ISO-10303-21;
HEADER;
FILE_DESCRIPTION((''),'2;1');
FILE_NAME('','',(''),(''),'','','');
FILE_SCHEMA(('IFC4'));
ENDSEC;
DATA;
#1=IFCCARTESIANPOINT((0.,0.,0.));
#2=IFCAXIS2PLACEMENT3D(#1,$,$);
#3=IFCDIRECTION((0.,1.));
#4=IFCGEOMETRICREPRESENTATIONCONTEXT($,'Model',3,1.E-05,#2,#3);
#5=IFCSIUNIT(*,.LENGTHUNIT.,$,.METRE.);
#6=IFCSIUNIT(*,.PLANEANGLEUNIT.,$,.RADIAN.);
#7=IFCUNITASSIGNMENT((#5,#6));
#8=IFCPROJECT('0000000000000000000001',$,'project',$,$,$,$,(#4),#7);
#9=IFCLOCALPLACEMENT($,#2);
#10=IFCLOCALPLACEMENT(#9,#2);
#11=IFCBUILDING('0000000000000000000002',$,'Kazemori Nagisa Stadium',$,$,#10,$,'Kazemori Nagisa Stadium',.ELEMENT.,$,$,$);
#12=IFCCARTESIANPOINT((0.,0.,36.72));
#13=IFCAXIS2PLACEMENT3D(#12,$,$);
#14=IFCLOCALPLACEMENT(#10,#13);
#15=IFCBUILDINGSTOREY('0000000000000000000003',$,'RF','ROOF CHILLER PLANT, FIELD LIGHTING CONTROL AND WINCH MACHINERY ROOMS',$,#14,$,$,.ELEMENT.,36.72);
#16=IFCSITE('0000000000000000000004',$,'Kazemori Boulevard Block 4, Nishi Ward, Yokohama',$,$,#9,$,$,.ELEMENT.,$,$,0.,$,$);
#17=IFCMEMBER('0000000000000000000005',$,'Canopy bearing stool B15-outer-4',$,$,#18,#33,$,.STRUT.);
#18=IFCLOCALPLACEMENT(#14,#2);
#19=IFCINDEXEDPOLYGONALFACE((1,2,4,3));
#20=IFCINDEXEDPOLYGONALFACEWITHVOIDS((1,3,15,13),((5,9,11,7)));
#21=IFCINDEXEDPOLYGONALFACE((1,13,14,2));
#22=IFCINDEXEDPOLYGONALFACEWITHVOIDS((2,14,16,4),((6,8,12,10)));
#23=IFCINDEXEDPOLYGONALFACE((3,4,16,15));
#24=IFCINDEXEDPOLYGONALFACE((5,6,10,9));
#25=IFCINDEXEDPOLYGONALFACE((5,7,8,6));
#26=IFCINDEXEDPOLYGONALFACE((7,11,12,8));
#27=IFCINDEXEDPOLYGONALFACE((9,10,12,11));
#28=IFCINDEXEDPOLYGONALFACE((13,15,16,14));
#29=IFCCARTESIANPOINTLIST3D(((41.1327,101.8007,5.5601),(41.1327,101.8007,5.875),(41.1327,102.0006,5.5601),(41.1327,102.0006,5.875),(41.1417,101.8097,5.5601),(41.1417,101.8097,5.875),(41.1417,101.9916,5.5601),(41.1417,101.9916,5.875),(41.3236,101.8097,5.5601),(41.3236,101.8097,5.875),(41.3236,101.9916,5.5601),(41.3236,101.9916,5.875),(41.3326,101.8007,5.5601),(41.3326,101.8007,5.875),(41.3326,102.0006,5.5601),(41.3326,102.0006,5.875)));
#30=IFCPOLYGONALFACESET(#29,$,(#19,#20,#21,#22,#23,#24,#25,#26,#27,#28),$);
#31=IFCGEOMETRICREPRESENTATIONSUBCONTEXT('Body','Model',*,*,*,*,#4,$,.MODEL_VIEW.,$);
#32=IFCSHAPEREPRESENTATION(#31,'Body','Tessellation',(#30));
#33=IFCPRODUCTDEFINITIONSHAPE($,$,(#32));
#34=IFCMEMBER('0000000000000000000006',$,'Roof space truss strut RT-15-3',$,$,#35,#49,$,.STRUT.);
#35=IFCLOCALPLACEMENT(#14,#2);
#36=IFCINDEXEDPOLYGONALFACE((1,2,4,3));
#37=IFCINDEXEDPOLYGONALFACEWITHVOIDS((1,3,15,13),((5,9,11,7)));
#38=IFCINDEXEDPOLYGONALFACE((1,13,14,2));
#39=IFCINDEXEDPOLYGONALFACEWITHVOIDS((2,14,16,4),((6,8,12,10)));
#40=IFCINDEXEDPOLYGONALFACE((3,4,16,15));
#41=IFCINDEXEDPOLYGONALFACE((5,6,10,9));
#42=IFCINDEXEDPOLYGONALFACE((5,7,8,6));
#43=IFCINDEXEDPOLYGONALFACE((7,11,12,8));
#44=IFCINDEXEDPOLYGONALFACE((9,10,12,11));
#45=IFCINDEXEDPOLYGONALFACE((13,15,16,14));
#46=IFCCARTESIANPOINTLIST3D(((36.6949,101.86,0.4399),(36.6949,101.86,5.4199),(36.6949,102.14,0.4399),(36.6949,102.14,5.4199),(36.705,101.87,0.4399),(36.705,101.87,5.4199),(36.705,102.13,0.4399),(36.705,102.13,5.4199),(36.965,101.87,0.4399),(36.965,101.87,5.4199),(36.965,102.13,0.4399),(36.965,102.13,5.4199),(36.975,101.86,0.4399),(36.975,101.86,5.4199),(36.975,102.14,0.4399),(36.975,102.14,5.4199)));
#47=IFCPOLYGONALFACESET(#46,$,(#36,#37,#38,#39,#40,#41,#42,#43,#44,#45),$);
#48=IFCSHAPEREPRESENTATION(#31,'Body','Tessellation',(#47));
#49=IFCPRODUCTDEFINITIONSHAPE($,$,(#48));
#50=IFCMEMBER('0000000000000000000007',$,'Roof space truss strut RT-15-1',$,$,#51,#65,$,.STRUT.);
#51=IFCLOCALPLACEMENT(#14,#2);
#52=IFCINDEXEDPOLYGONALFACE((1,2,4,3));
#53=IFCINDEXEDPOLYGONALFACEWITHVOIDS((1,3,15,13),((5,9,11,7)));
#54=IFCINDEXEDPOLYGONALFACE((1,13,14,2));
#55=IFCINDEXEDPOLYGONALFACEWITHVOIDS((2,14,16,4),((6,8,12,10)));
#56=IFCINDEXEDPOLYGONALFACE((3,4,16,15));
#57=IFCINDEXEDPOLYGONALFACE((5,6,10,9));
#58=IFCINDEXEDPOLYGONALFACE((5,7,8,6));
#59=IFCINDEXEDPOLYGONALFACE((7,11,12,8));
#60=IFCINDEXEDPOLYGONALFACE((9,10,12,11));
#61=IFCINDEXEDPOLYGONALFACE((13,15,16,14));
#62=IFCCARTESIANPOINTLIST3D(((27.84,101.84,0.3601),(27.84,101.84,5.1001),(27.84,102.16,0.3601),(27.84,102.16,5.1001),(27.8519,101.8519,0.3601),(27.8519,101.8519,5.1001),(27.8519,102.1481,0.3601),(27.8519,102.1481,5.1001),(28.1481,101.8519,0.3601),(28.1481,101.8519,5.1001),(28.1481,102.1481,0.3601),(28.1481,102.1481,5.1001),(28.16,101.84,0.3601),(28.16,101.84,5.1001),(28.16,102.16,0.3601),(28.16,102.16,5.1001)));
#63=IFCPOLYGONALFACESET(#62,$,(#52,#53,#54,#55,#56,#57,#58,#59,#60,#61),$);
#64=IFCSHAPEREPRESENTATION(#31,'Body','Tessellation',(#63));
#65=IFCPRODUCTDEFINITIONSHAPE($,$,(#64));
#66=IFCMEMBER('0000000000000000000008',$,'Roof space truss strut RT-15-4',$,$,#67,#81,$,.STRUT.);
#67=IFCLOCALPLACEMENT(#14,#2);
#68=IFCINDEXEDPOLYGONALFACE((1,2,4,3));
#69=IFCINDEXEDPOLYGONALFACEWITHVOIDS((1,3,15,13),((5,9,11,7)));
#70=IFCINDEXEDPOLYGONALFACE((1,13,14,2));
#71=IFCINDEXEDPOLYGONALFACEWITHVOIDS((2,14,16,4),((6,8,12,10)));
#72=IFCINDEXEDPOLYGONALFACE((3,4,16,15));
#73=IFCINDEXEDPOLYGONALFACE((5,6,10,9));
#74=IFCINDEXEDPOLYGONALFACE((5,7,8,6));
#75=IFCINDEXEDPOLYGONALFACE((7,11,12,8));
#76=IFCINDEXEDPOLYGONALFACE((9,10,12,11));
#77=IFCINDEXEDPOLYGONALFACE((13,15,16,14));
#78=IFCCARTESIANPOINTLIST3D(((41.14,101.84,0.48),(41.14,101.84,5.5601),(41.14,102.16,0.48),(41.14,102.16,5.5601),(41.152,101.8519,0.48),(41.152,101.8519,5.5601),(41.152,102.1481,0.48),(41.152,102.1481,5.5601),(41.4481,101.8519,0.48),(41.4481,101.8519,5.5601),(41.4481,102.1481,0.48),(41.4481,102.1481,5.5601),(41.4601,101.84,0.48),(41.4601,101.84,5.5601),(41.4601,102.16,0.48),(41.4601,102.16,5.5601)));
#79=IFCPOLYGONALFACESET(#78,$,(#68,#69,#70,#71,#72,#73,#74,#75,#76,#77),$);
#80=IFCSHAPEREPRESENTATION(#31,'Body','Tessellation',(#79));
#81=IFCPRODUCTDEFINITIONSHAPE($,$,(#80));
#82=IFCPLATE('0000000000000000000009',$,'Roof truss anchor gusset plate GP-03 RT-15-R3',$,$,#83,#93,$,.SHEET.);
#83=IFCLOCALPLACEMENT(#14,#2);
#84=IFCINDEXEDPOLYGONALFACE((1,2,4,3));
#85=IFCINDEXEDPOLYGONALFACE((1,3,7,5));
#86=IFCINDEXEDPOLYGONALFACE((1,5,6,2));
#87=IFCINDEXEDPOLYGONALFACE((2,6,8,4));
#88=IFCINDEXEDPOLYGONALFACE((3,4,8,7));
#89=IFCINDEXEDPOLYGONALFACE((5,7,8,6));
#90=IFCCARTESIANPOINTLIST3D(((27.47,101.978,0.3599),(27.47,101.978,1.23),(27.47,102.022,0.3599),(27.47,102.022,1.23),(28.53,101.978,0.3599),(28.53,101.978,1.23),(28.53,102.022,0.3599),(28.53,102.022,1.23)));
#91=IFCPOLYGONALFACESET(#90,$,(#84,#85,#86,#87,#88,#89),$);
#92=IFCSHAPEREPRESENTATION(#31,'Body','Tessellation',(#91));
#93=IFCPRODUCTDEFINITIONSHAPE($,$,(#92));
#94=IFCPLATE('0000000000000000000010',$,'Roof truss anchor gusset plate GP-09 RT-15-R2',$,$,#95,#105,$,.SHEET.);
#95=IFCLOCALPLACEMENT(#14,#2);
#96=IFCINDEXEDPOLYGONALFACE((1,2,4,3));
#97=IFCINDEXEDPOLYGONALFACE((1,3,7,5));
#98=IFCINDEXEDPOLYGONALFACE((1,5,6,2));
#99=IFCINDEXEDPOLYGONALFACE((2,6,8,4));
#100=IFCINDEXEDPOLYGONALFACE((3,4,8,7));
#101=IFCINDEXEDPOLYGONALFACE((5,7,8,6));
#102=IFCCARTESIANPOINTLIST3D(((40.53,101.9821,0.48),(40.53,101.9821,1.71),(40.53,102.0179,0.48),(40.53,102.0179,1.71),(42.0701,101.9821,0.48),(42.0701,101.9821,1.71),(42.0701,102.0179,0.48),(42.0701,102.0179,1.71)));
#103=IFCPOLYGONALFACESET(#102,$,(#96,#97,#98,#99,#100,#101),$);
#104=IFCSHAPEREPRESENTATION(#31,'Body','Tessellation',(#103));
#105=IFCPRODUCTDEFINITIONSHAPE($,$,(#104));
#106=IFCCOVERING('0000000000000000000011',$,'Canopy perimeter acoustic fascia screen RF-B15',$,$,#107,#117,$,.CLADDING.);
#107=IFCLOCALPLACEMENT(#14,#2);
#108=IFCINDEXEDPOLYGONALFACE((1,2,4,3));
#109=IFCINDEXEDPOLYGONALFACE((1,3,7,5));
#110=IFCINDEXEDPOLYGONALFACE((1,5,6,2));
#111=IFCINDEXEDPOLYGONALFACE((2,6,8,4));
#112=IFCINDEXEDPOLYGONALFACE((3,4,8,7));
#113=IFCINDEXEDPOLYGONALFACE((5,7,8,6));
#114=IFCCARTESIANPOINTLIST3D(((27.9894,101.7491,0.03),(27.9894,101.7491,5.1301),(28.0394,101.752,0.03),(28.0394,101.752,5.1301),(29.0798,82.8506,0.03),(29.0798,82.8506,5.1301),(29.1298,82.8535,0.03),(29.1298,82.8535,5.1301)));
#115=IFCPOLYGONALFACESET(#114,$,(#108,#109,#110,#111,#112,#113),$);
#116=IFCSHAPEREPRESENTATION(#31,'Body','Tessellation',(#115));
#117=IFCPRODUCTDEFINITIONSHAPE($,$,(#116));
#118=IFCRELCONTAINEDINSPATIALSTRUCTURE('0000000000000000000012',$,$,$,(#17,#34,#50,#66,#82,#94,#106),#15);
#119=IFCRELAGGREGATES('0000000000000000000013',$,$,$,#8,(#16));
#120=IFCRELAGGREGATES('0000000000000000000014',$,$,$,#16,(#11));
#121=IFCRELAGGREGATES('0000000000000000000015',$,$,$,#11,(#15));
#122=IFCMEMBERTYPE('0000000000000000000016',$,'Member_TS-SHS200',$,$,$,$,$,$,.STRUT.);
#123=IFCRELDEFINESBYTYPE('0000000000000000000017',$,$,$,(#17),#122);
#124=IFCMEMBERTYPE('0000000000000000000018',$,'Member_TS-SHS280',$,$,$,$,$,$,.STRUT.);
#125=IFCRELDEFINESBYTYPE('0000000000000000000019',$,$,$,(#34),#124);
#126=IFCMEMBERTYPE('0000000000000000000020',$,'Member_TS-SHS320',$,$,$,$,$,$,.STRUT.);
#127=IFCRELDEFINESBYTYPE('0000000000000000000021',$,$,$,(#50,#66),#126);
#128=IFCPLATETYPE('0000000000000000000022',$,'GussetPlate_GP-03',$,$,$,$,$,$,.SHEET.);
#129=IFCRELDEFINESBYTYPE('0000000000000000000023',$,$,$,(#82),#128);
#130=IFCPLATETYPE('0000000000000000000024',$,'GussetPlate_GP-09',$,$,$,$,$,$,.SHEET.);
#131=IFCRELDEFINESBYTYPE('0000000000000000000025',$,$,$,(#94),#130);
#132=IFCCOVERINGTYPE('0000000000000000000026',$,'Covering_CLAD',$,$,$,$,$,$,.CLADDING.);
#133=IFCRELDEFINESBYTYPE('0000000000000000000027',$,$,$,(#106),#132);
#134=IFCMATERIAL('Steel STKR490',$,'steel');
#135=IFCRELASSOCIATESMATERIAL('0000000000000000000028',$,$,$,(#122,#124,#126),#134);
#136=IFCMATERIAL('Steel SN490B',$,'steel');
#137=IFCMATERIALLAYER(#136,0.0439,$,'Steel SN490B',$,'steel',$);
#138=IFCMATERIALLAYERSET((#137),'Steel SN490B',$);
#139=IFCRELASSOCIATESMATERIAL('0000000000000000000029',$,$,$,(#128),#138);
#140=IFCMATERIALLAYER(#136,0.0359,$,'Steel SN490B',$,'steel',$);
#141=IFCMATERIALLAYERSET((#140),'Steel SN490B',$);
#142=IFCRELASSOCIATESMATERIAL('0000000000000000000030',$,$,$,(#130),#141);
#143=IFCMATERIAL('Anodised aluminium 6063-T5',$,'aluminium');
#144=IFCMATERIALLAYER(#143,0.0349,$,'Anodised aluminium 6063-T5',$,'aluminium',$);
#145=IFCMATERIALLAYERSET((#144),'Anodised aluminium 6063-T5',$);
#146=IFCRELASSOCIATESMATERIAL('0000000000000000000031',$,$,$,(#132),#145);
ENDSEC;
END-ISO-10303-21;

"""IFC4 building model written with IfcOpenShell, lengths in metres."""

from ifc_helpers import new_model, si_unit, direction, frame, origin, origin_2d, place, context, subcontext, project, spatial, rectangle, hollow_rectangle, extrude, material, layer, layer_set, material_profile, profile_set, type_object, element, save


model = new_model("IFC4")

# Units and contexts
model_context = context("Model", 3, precision=1e-05, world=origin(), true_north=direction((0.0, 1.0)))
body_context = subcontext(model_context, "Body", "Model", "MODEL_VIEW")
ifc_project = project(units=[si_unit("LENGTHUNIT", "METRE"), si_unit("PLANEANGLEUNIT", "RADIAN")], contexts=[model_context])

# Site, building, storey
site_placement = place(None, origin())
site = spatial("IfcSite", under=ifc_project, at=site_placement, Name="Kazemori Boulevard Block 4, Nishi Ward, Yokohama", CompositionType="ELEMENT", RefElevation=0.0)
building_placement = place(site_placement, origin())
building = spatial("IfcBuilding", under=site, at=building_placement, Name="Kazemori Nagisa Stadium", LongName="Kazemori Nagisa Stadium", CompositionType="ELEMENT")
storey_placement = place(building_placement, frame((0.0, 0.0, 36.72)))
storey = spatial("IfcBuildingStorey", under=building, at=storey_placement, Name="RF", Description="ROOF CHILLER PLANT, FIELD LIGHTING CONTROL AND WINCH MACHINERY ROOMS", CompositionType="ELEMENT", Elevation=36.72)

# Shared definitions
ifc_material_1 = material(Name="Steel SN490B", Category="steel")

# Members
ifc_material_2 = material(Name="Steel STKR490", Category="steel")
ifc_material_profile_1 = material_profile(ifc_material_2, hollow_rectangle(XDim=0.2, YDim=0.2, WallThickness=0.009, at=origin_2d()), Name="SHS-200x200x9")
ifc_profile_set_1 = profile_set([ifc_material_profile_1], Name="Steel STKR490")
member_type_1 = type_object("IfcMemberType", Name="Member_TS-SHS200", PredefinedType="STRUT", material=ifc_profile_set_1)
member_1_placement = place(storey_placement, frame((41.2327, 101.9006, 5.5601), z_axis=(0.0, 0.0, 1.0), x_axis=(1.0, 0.0, 0.0)))
element("IfcMember", 1, at=member_1_placement, inside=storey, type_object=member_type_1, Name="Canopy bearing stool B15-outer-4", PredefinedType="STRUT", context=body_context, shape_type="SweptSolid", body=[
    extrude(hollow_rectangle(XDim=0.2, YDim=0.2, WallThickness=0.009, at=origin_2d()), origin(), (0.0, 0.0, 1.0), 0.3149),
])
ifc_material_profile_2 = material_profile(ifc_material_2, hollow_rectangle(XDim=0.28, YDim=0.28, WallThickness=0.01, at=origin_2d()), Name="SHS-280x280x10")
ifc_profile_set_2 = profile_set([ifc_material_profile_2], Name="Steel STKR490")
member_type_2 = type_object("IfcMemberType", Name="Member_TS-SHS280", PredefinedType="STRUT", material=ifc_profile_set_2)
member_2_placement = place(storey_placement, frame((36.835, 102.0, 0.4399), z_axis=(0.0, 0.0, 1.0), x_axis=(1.0, 0.0, 0.0)))
element("IfcMember", 2, at=member_2_placement, inside=storey, type_object=member_type_2, Name="Roof space truss strut RT-15-3", PredefinedType="STRUT", context=body_context, shape_type="SweptSolid", body=[
    extrude(hollow_rectangle(XDim=0.28, YDim=0.28, WallThickness=0.01, at=origin_2d()), origin(), (0.0, 0.0, 1.0), 4.98),
])
ifc_material_profile_3 = material_profile(ifc_material_2, hollow_rectangle(XDim=0.3201, YDim=0.3201, WallThickness=0.012, at=origin_2d()), Name="SHS-320x320x12")
ifc_profile_set_3 = profile_set([ifc_material_profile_3], Name="Steel STKR490")
member_type_3 = type_object("IfcMemberType", Name="Member_TS-SHS320", PredefinedType="STRUT", material=ifc_profile_set_3)
member_3_placement = place(storey_placement, frame((28.0, 102.0, 0.3601), z_axis=(0.0, 0.0, 1.0), x_axis=(1.0, 0.0, 0.0)))
element("IfcMember", 3, at=member_3_placement, inside=storey, type_object=member_type_3, Name="Roof space truss strut RT-15-1", PredefinedType="STRUT", context=body_context, shape_type="SweptSolid", body=[
    extrude(hollow_rectangle(XDim=0.3201, YDim=0.3201, WallThickness=0.012, at=origin_2d()), origin(), (0.0, 0.0, 1.0), 4.74),
])
member_4_placement = place(storey_placement, frame((41.3, 102.0, 0.48), z_axis=(0.0, 0.0, 1.0), x_axis=(1.0, 0.0, 0.0)))
element("IfcMember", 4, at=member_4_placement, inside=storey, type_object=member_type_3, Name="Roof space truss strut RT-15-4", PredefinedType="STRUT", context=body_context, shape_type="SweptSolid", body=[
    extrude(hollow_rectangle(XDim=0.3201, YDim=0.3201, WallThickness=0.012, at=origin_2d()), origin(), (0.0, 0.0, 1.0), 5.0801),
])

# Plates
ifc_layer_1 = layer(ifc_material_1, 0.0439, Name="Steel SN490B", Category="steel")
ifc_layer_set_1 = layer_set([ifc_layer_1], Name="Steel SN490B")
plate_type_1 = type_object("IfcPlateType", Name="GussetPlate_GP-03", PredefinedType="SHEET", material=ifc_layer_set_1)
plate_1_placement = place(storey_placement, frame((28.0, 102.0, 0.3599), z_axis=(0.0, 0.0, 1.0), x_axis=(-1.0, 0.0, 0.0)))
element("IfcPlate", 5, at=plate_1_placement, inside=storey, type_object=plate_type_1, Name="Roof truss anchor gusset plate GP-03 RT-15-R3", PredefinedType="SHEET", context=body_context, shape_type="SweptSolid", body=[
    extrude(rectangle(XDim=1.0601, YDim=0.0439, at=origin_2d()), origin(), (0.0, 0.0, 1.0), 0.8701),
])
ifc_layer_2 = layer(ifc_material_1, 0.0359, Name="Steel SN490B", Category="steel")
ifc_layer_set_2 = layer_set([ifc_layer_2], Name="Steel SN490B")
plate_type_2 = type_object("IfcPlateType", Name="GussetPlate_GP-09", PredefinedType="SHEET", material=ifc_layer_set_2)
plate_2_placement = place(storey_placement, frame((41.3, 102.0, 0.48), z_axis=(0.0, 0.0, 1.0), x_axis=(-1.0, 0.0, 0.0)))
element("IfcPlate", 6, at=plate_2_placement, inside=storey, type_object=plate_type_2, Name="Roof truss anchor gusset plate GP-09 RT-15-R2", PredefinedType="SHEET", context=body_context, shape_type="SweptSolid", body=[
    extrude(rectangle(XDim=1.54, YDim=0.0359, at=origin_2d()), origin(), (0.0, 0.0, 1.0), 1.23),
])

# Covering
ifc_material_3 = material(Name="Anodised aluminium 6063-T5", Category="aluminium")
ifc_layer_3 = layer(ifc_material_3, 0.0349, Name="Anodised aluminium 6063-T5", Category="aluminium")
ifc_layer_set_3 = layer_set([ifc_layer_3], Name="Anodised aluminium 6063-T5")
covering_type = type_object("IfcCoveringType", Name="Covering_CLAD", PredefinedType="CLADDING", material=ifc_layer_set_3)
covering_placement = place(storey_placement, frame((28.5596, 92.3013, 0.03), z_axis=(0.0, 0.0, 1.0), x_axis=(0.057602, -0.99834, 0.0)))
element("IfcCovering", 7, at=covering_placement, inside=storey, type_object=covering_type, Name="Canopy perimeter acoustic fascia screen RF-B15", PredefinedType="CLADDING", context=body_context, shape_type="SweptSolid", body=[
    extrude(rectangle(XDim=18.9299, YDim=0.05, at=origin_2d()), origin(), (0.0, 0.0, 1.0), 5.1001),
])

save(model, "model.ifc")
